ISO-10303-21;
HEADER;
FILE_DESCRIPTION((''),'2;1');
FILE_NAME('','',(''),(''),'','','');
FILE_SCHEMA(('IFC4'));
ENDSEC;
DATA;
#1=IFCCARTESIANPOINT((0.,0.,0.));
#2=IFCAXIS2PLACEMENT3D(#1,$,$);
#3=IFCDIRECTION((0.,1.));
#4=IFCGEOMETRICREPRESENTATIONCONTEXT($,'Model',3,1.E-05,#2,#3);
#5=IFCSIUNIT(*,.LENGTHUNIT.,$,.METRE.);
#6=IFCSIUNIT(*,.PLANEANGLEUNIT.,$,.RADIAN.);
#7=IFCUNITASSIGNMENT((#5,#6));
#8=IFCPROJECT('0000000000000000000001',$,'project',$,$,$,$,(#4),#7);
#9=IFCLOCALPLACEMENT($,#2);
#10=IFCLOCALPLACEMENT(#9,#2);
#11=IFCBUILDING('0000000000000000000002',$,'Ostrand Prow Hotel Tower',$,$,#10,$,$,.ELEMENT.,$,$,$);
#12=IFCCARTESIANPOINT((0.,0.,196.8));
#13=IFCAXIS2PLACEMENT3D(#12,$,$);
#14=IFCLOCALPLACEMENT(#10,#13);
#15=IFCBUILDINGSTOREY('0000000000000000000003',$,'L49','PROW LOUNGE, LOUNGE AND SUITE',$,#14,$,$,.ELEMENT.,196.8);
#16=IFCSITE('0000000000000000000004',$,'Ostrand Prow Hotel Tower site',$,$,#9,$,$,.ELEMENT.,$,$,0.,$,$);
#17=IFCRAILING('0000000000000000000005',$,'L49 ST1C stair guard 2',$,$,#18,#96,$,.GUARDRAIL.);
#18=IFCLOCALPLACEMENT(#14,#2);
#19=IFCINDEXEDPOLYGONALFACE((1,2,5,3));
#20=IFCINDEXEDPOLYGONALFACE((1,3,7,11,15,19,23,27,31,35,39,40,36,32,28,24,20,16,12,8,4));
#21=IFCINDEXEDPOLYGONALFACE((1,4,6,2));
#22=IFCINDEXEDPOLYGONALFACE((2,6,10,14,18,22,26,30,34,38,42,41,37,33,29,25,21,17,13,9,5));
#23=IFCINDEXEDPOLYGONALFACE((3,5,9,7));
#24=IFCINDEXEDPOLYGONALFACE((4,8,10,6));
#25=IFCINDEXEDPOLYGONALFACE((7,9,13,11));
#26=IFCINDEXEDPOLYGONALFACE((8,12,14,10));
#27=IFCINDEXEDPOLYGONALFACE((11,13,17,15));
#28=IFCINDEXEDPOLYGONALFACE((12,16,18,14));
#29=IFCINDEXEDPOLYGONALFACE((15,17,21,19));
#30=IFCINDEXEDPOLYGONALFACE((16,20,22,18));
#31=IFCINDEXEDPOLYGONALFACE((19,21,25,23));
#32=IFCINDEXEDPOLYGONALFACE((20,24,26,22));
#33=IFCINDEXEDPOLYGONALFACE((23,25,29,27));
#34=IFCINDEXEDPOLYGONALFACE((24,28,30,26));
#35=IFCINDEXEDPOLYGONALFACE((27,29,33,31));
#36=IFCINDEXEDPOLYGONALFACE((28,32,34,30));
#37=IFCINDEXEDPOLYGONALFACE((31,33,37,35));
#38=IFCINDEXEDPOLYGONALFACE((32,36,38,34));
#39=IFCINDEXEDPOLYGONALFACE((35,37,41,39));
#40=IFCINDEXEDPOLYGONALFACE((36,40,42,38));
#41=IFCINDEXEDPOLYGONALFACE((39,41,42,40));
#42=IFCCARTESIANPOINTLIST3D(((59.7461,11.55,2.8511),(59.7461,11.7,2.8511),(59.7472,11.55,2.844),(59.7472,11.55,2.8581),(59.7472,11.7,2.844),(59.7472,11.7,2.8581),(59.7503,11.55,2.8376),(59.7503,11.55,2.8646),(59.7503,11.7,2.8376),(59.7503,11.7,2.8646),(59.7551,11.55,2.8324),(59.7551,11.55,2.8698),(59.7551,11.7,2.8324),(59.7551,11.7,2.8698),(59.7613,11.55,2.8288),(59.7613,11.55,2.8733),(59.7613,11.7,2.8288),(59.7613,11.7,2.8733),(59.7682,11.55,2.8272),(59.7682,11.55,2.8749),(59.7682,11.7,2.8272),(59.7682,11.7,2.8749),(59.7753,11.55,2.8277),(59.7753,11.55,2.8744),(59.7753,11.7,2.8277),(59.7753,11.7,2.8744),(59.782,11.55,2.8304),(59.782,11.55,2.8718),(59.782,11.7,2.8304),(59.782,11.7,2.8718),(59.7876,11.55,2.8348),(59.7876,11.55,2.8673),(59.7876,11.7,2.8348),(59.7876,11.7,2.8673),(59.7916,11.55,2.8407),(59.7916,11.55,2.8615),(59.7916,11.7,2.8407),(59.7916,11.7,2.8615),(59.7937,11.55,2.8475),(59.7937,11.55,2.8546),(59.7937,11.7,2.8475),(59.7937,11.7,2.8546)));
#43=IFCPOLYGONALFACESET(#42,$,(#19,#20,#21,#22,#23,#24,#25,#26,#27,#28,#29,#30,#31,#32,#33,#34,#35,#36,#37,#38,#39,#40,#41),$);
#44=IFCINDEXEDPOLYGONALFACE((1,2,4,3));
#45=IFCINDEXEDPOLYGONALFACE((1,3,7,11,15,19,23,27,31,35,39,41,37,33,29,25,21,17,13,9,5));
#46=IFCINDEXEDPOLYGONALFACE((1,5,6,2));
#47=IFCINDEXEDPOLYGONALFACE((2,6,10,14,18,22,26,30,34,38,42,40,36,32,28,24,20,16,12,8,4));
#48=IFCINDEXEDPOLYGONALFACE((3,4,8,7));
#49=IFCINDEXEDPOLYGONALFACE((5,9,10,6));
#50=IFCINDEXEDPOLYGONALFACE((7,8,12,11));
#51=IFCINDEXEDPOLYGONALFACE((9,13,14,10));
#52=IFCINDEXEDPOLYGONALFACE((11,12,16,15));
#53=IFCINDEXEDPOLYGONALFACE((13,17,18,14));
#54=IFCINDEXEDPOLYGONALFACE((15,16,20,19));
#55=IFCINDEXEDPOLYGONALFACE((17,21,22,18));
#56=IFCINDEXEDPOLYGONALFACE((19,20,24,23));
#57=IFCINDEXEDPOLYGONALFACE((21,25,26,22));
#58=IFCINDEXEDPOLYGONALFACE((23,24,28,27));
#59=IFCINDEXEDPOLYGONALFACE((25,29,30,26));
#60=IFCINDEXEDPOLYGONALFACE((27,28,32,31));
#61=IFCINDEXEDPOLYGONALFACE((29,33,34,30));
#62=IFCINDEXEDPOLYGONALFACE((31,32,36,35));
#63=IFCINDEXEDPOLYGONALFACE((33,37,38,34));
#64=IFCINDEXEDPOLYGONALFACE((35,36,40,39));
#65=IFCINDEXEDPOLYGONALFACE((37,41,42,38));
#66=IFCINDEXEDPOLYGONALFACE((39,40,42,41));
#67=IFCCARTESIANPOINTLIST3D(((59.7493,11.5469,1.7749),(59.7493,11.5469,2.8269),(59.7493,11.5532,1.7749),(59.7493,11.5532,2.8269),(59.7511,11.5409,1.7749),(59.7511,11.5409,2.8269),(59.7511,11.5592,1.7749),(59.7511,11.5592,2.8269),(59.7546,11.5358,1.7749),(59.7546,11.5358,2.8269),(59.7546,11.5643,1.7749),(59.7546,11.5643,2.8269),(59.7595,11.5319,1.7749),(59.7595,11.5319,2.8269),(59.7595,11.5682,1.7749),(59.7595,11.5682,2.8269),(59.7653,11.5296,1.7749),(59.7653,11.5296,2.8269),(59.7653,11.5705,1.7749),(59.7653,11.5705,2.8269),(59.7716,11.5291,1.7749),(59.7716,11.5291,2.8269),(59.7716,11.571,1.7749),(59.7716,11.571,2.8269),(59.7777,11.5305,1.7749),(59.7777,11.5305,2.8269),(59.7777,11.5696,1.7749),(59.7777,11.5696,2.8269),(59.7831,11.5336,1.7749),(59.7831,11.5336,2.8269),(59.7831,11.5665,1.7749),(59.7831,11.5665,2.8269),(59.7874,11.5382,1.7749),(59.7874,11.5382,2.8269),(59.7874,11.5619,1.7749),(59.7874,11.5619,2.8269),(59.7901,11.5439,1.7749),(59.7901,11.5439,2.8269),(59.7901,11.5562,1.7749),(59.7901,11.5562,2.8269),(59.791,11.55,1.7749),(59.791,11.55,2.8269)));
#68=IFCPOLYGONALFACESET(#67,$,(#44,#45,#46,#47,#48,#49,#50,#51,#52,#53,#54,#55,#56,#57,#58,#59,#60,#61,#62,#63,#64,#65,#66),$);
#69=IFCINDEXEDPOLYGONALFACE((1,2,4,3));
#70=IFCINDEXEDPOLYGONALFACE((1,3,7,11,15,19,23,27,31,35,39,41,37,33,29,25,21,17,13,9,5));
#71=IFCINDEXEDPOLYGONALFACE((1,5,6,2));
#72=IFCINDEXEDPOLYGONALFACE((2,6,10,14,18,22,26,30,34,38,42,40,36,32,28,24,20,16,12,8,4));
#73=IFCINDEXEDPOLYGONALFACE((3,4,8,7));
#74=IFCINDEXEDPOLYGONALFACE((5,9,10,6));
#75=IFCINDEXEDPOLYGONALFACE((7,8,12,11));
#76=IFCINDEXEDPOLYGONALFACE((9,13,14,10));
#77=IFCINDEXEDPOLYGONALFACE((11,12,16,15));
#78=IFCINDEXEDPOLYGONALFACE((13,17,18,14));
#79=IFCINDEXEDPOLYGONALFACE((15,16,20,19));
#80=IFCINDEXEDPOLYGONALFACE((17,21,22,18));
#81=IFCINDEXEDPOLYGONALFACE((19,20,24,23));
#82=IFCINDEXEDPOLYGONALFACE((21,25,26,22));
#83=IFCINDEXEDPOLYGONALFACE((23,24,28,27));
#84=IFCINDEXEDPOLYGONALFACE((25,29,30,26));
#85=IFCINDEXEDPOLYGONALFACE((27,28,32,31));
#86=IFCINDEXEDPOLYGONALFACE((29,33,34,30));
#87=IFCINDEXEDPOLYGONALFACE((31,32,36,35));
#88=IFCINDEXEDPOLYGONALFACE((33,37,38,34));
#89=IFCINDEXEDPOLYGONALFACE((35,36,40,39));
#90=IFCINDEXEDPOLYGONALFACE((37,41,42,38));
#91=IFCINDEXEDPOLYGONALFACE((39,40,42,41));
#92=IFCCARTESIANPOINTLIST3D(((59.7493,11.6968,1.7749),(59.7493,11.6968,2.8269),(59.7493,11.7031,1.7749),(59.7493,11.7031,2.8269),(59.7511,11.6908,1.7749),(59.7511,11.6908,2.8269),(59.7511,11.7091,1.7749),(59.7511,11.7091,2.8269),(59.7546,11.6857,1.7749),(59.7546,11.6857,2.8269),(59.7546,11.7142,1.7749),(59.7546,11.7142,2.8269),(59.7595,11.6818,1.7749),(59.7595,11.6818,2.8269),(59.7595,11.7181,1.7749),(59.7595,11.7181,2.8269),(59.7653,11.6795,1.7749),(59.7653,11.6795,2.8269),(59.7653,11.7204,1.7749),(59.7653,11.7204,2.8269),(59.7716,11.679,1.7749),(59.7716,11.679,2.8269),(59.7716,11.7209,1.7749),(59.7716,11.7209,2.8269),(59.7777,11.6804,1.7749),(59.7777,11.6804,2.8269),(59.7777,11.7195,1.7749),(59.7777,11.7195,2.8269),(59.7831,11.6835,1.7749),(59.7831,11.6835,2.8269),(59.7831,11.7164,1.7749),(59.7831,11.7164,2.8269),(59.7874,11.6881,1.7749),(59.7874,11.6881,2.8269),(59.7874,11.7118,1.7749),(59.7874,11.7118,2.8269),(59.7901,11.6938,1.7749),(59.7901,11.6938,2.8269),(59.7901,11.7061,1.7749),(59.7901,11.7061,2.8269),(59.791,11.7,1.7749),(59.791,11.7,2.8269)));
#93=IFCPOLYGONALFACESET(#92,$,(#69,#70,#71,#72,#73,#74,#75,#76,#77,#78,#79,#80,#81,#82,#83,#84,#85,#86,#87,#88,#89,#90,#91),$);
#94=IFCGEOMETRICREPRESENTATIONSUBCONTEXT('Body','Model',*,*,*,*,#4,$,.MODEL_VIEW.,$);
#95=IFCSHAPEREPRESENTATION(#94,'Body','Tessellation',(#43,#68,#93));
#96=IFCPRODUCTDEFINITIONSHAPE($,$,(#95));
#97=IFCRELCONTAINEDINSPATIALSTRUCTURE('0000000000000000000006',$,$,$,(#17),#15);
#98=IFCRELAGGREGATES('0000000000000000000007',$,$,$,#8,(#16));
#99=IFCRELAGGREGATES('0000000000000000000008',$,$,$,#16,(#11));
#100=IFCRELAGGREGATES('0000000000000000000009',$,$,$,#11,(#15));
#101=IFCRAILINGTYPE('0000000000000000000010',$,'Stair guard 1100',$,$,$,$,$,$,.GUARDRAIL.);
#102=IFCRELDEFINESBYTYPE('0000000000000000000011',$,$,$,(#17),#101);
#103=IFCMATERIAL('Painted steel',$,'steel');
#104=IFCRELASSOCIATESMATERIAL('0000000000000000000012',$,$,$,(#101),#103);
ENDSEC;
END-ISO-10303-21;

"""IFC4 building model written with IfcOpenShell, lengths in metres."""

from ifc_helpers import new_model, si_unit, direction, frame, origin, origin_2d, place, context, subcontext, project, spatial, circle, extrude, material, type_object, element, save


model = new_model("IFC4")

# Units and contexts
model_context = context("Model", 3, precision=1e-05, world=origin(), true_north=direction((0.0, 1.0)))
body_context = subcontext(model_context, "Body", "Model", "MODEL_VIEW")
ifc_project = project(units=[si_unit("LENGTHUNIT", "METRE"), si_unit("PLANEANGLEUNIT", "RADIAN")], contexts=[model_context])

# Site, building, storey
site_placement = place(None, origin())
site = spatial("IfcSite", under=ifc_project, at=site_placement, Name="Ostrand Prow Hotel Tower site", CompositionType="ELEMENT", RefElevation=0.0)
building_placement = place(site_placement, origin())
building = spatial("IfcBuilding", under=site, at=building_placement, Name="Ostrand Prow Hotel Tower", CompositionType="ELEMENT")
storey_placement = place(building_placement, frame((0.0, 0.0, 196.8)))
storey = spatial("IfcBuildingStorey", under=building, at=storey_placement, Name="L49", Description="PROW LOUNGE, LOUNGE AND SUITE", CompositionType="ELEMENT", Elevation=196.8)

# Railing
ifc_material_1 = material(Name="Painted steel", Category="steel")
railing_type_1 = type_object("IfcRailingType", Name="Stair guard 1100", PredefinedType="GUARDRAIL", material=ifc_material_1)
railing_1_placement = place(storey_placement, frame((59.77, 11.55, 1.7749)))
element("IfcRailing", 1, at=railing_1_placement, inside=storey, type_object=railing_type_1, Name="L49 ST1C stair guard 2", PredefinedType="GUARDRAIL", context=body_context, shape_type="SweptSolid", body=[
    extrude(circle(Radius=0.0239, at=origin_2d()), frame((0.0, 0.0, 1.0762), z_axis=(0.0, 1.0, 0.0), x_axis=(-1.0, 0.0, 0.0)), (0.0, 0.0, 1.0), 0.1499),
    extrude(circle(Radius=0.021, at=origin_2d()), origin(), (0.0, 0.0, 1.0), 1.052),
    extrude(circle(Radius=0.021, at=origin_2d()), frame((0.0, 0.1499, 0.0)), (0.0, 0.0, 1.0), 1.052),
])

save(model, "model.ifc")
